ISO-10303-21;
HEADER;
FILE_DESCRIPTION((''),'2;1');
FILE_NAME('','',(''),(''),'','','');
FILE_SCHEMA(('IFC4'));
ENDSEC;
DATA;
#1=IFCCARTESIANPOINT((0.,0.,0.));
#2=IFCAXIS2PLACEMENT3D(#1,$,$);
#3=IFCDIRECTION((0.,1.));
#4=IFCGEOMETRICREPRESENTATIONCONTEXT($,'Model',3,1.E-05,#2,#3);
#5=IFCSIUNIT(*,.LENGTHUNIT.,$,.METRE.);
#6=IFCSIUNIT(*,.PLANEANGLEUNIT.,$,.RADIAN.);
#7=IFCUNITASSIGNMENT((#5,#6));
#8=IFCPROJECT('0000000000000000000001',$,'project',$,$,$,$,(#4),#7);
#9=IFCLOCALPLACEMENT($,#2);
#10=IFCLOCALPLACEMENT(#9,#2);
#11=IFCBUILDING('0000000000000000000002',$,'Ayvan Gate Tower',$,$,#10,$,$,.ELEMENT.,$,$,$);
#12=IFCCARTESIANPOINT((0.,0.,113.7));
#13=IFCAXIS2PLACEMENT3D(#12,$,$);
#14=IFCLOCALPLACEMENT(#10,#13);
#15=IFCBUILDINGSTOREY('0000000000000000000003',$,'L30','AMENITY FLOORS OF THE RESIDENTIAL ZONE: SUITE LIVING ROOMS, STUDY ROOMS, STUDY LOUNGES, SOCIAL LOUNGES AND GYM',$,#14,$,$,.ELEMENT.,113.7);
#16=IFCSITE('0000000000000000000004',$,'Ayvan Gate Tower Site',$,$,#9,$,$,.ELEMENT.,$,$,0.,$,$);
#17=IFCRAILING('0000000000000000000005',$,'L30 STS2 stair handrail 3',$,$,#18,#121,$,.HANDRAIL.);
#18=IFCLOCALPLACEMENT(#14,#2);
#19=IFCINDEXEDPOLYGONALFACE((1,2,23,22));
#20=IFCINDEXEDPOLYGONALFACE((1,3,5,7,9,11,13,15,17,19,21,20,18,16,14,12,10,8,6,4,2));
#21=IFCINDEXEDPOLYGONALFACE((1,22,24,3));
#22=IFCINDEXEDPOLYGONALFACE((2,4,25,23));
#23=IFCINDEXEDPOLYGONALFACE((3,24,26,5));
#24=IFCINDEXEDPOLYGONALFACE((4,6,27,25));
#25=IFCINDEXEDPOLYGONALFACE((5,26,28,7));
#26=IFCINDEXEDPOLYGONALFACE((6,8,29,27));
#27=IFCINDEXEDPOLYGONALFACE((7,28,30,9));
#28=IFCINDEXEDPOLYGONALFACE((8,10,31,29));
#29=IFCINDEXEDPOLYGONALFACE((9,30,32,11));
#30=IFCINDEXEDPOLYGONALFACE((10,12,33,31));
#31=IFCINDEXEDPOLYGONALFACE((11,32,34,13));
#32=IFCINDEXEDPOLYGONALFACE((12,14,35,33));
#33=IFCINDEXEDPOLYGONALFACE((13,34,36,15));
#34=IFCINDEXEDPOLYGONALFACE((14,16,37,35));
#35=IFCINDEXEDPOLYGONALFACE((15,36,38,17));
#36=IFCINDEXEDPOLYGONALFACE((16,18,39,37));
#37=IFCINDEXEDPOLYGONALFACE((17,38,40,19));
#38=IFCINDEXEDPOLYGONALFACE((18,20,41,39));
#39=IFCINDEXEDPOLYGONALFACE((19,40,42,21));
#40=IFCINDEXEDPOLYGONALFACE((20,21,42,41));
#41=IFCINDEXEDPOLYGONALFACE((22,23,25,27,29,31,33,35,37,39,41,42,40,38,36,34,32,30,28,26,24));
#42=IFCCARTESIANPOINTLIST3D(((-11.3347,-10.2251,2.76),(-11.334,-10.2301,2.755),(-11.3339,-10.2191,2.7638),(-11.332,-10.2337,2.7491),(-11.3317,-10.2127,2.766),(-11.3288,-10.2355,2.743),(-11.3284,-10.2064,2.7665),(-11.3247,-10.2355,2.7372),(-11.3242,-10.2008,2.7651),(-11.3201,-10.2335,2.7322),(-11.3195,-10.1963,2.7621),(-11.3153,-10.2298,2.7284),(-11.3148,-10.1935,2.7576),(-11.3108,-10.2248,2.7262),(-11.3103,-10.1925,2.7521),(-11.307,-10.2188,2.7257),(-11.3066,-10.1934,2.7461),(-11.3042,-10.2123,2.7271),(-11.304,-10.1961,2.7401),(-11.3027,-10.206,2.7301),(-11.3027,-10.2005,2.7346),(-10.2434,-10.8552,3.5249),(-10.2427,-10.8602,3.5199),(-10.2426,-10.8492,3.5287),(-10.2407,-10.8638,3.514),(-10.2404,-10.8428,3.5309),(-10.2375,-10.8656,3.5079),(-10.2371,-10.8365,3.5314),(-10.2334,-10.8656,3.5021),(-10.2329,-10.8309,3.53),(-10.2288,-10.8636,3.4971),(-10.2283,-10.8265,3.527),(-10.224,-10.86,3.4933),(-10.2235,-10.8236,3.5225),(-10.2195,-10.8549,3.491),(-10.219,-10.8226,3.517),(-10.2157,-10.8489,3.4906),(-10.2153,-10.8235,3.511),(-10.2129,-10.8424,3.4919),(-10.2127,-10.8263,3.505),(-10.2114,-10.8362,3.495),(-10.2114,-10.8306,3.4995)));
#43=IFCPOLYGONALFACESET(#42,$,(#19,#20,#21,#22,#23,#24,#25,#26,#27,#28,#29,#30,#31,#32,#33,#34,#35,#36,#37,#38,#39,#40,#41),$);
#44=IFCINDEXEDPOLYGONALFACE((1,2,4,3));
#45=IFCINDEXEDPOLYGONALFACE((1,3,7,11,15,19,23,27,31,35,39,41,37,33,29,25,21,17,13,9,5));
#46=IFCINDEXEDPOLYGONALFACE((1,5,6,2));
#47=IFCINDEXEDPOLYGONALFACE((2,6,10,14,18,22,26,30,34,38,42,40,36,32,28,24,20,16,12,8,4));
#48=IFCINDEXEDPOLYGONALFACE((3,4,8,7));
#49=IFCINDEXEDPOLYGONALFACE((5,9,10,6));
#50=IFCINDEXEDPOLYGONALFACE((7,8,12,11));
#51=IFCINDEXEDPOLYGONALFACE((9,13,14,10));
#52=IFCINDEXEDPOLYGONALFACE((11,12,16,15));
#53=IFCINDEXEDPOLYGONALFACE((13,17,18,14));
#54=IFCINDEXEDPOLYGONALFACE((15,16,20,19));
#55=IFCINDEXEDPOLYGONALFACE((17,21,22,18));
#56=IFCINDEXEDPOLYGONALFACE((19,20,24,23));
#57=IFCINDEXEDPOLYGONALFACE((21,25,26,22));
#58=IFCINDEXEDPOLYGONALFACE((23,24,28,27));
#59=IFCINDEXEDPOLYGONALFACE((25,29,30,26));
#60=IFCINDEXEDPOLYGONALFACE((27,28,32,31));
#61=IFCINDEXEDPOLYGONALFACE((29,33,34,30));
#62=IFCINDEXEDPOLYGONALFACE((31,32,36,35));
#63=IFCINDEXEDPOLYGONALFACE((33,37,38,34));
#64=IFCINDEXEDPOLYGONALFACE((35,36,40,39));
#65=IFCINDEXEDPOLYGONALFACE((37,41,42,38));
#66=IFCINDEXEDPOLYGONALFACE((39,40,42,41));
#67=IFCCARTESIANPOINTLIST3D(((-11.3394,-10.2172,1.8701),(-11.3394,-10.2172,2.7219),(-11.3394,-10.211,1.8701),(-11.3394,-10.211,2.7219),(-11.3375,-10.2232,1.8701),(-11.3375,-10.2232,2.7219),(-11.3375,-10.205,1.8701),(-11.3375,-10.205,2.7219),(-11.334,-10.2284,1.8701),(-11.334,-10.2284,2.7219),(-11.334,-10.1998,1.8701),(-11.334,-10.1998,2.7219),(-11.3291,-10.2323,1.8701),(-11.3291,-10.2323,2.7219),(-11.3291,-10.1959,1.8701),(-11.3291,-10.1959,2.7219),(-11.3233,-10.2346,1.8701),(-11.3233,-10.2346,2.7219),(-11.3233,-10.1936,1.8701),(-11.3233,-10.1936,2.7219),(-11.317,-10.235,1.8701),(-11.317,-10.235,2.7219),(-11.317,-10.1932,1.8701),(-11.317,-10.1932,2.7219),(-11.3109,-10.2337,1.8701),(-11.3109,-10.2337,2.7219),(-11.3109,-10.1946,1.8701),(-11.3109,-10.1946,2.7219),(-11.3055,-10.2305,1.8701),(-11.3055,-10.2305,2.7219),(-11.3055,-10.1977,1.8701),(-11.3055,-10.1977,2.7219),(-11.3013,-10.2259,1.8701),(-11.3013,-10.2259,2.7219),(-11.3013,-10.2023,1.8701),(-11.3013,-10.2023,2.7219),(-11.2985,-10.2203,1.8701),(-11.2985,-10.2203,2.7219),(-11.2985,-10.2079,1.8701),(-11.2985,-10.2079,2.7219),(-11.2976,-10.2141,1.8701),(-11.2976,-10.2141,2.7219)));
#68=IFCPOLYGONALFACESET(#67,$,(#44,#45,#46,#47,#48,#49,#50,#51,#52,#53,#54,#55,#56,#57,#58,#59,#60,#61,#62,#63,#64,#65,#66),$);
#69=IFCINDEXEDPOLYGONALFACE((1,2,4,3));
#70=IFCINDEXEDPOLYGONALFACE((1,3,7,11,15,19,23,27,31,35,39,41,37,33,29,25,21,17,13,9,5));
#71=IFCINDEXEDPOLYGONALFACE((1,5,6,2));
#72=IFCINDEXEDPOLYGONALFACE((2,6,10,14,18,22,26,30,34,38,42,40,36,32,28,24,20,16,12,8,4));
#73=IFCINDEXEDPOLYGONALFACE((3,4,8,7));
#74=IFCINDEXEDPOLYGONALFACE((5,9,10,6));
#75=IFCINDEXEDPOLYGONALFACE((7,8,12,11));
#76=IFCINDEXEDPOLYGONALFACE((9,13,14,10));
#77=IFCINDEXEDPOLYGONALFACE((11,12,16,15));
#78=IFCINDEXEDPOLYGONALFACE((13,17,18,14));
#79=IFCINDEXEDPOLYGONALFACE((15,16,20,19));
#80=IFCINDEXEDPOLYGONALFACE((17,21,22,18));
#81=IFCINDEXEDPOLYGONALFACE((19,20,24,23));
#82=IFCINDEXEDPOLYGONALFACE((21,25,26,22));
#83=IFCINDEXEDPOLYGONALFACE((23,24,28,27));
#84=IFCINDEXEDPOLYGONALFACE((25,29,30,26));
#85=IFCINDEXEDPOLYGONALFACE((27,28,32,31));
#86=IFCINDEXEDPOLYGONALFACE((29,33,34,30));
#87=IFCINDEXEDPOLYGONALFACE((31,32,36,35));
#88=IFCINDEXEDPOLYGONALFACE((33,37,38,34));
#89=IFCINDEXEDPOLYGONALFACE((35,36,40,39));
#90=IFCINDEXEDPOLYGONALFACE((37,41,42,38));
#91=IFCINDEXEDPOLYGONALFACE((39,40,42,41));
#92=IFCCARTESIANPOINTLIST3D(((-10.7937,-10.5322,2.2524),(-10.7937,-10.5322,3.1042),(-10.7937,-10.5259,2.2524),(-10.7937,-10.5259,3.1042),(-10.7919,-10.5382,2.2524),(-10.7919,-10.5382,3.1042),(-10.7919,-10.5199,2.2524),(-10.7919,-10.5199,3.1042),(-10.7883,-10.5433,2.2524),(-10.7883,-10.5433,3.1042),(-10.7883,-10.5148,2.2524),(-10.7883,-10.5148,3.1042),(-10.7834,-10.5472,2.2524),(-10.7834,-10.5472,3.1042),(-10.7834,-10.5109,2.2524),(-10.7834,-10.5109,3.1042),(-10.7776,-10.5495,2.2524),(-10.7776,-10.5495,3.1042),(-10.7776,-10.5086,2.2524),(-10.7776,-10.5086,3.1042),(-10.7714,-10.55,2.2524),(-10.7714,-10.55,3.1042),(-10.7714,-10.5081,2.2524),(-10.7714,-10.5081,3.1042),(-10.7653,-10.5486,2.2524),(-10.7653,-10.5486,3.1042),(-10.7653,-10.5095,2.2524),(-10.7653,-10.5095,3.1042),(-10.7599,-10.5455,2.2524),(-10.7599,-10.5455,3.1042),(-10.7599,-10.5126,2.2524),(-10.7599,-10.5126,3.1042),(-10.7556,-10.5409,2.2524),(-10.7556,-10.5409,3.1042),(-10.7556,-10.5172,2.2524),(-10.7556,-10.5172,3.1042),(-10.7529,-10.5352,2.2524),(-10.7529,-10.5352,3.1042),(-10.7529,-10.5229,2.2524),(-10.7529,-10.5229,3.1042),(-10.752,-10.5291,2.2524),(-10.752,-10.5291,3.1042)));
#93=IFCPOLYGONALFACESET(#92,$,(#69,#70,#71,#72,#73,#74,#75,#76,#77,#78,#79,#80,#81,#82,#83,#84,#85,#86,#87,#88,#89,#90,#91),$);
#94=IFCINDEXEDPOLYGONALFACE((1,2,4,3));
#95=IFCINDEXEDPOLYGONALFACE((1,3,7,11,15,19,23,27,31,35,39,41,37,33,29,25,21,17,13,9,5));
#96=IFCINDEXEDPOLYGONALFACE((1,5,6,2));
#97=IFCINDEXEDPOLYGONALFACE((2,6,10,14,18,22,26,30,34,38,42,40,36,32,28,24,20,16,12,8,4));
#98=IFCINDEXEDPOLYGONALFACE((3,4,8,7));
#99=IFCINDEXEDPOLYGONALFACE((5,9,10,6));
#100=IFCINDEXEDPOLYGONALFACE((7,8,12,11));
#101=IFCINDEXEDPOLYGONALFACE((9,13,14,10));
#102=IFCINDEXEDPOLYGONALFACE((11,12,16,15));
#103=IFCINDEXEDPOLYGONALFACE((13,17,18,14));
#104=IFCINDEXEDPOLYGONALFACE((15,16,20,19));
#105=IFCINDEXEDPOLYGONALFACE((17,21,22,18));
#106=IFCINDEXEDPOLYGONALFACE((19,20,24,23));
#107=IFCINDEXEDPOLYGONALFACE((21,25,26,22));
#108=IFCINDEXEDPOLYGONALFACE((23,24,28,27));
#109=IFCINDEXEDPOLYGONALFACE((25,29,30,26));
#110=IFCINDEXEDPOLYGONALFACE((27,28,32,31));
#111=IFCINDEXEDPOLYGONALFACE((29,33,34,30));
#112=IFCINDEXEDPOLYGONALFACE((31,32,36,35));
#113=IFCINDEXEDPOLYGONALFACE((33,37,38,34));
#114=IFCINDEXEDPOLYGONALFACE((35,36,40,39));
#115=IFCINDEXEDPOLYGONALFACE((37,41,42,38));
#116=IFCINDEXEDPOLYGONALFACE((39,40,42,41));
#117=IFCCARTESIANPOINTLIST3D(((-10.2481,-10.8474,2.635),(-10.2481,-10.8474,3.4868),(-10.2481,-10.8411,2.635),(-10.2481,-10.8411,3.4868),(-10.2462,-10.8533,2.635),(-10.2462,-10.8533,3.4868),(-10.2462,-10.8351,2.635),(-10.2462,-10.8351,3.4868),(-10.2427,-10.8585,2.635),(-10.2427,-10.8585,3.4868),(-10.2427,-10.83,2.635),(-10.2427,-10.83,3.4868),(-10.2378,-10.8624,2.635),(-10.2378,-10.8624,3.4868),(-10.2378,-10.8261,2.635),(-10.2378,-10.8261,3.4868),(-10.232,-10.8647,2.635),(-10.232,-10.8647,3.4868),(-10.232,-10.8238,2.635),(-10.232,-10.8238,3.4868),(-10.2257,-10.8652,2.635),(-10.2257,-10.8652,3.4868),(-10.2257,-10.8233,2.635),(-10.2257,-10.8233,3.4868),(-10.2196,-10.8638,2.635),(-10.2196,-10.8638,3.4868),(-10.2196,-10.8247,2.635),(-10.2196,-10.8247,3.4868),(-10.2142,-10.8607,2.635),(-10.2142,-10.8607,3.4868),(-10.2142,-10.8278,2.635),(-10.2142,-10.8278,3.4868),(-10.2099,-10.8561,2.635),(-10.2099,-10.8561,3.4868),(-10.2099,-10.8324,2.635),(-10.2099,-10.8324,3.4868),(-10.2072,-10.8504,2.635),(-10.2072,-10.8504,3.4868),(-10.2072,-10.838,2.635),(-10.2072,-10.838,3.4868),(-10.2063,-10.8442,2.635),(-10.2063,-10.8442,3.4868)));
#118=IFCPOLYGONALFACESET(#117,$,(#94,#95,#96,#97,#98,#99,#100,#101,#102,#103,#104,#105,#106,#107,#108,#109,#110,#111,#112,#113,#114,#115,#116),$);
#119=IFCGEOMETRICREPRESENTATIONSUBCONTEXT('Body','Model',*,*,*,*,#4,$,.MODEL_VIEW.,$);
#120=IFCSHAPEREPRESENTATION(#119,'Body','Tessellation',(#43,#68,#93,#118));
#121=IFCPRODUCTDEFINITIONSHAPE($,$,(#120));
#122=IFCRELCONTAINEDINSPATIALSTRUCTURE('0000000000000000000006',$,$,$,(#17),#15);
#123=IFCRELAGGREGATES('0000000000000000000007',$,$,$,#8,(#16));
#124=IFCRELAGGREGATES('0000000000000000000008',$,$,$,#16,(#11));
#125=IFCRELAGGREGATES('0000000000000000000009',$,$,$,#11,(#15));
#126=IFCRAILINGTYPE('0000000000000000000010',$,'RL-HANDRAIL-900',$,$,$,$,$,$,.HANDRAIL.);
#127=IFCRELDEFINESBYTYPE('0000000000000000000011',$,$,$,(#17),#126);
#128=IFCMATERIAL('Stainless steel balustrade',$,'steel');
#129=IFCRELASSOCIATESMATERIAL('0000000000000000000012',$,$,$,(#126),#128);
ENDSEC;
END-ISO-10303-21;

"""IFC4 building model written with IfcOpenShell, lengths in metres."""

from ifc_helpers import new_model, si_unit, direction, frame, origin, origin_2d, place, context, subcontext, project, spatial, circle, extrude, material, type_object, element, save


model = new_model("IFC4")

# Units and contexts
model_context = context("Model", 3, precision=1e-05, world=origin(), true_north=direction((0.0, 1.0)))
body_context = subcontext(model_context, "Body", "Model", "MODEL_VIEW")
ifc_project = project(units=[si_unit("LENGTHUNIT", "METRE"), si_unit("PLANEANGLEUNIT", "RADIAN")], contexts=[model_context])

# Site, building, storey
site_placement = place(None, origin())
site = spatial("IfcSite", under=ifc_project, at=site_placement, Name="Ayvan Gate Tower Site", CompositionType="ELEMENT", RefElevation=0.0)
building_placement = place(site_placement, origin())
building = spatial("IfcBuilding", under=site, at=building_placement, Name="Ayvan Gate Tower", CompositionType="ELEMENT")
storey_placement = place(building_placement, frame((0.0, 0.0, 113.7)))
storey = spatial("IfcBuildingStorey", under=building, at=storey_placement, Name="L30", Description="AMENITY FLOORS OF THE RESIDENTIAL ZONE: SUITE LIVING ROOMS, STUDY ROOMS, STUDY LOUNGES, SOCIAL LOUNGES AND GYM", CompositionType="ELEMENT", Elevation=113.7)

# Railing
ifc_material_1 = material(Name="Stainless steel balustrade", Category="steel")
railing_type_1 = type_object("IfcRailingType", Name="RL-HANDRAIL-900", PredefinedType="HANDRAIL", material=ifc_material_1)
railing_1_placement = place(storey_placement, frame((-11.3186, -10.2141, 1.8701)))
element("IfcRailing", 1, at=railing_1_placement, inside=storey, type_object=railing_type_1, Name="L30 STS2 stair handrail 3", PredefinedType="HANDRAIL", context=body_context, shape_type="SweptSolid", body=[
    extrude(circle(Radius=0.0239, at=origin_2d()), frame((0.0, 0.0, 0.876), z_axis=(0.740304, -0.427455, 0.518875), x_axis=(0.500035, 0.866005, 0.0)), (0.0, 0.0, 1.0), 1.4741),
    extrude(circle(Radius=0.021, at=origin_2d()), origin(), (0.0, 0.0, 1.0), 0.8518),
    extrude(circle(Radius=0.021, at=origin_2d()), frame((0.5457, -0.3149, 0.3823)), (0.0, 0.0, 1.0), 0.8518),
    extrude(circle(Radius=0.021, at=origin_2d()), frame((1.0913, -0.6301, 0.7649)), (0.0, 0.0, 1.0), 0.8518),
])

save(model, "model.ifc")
